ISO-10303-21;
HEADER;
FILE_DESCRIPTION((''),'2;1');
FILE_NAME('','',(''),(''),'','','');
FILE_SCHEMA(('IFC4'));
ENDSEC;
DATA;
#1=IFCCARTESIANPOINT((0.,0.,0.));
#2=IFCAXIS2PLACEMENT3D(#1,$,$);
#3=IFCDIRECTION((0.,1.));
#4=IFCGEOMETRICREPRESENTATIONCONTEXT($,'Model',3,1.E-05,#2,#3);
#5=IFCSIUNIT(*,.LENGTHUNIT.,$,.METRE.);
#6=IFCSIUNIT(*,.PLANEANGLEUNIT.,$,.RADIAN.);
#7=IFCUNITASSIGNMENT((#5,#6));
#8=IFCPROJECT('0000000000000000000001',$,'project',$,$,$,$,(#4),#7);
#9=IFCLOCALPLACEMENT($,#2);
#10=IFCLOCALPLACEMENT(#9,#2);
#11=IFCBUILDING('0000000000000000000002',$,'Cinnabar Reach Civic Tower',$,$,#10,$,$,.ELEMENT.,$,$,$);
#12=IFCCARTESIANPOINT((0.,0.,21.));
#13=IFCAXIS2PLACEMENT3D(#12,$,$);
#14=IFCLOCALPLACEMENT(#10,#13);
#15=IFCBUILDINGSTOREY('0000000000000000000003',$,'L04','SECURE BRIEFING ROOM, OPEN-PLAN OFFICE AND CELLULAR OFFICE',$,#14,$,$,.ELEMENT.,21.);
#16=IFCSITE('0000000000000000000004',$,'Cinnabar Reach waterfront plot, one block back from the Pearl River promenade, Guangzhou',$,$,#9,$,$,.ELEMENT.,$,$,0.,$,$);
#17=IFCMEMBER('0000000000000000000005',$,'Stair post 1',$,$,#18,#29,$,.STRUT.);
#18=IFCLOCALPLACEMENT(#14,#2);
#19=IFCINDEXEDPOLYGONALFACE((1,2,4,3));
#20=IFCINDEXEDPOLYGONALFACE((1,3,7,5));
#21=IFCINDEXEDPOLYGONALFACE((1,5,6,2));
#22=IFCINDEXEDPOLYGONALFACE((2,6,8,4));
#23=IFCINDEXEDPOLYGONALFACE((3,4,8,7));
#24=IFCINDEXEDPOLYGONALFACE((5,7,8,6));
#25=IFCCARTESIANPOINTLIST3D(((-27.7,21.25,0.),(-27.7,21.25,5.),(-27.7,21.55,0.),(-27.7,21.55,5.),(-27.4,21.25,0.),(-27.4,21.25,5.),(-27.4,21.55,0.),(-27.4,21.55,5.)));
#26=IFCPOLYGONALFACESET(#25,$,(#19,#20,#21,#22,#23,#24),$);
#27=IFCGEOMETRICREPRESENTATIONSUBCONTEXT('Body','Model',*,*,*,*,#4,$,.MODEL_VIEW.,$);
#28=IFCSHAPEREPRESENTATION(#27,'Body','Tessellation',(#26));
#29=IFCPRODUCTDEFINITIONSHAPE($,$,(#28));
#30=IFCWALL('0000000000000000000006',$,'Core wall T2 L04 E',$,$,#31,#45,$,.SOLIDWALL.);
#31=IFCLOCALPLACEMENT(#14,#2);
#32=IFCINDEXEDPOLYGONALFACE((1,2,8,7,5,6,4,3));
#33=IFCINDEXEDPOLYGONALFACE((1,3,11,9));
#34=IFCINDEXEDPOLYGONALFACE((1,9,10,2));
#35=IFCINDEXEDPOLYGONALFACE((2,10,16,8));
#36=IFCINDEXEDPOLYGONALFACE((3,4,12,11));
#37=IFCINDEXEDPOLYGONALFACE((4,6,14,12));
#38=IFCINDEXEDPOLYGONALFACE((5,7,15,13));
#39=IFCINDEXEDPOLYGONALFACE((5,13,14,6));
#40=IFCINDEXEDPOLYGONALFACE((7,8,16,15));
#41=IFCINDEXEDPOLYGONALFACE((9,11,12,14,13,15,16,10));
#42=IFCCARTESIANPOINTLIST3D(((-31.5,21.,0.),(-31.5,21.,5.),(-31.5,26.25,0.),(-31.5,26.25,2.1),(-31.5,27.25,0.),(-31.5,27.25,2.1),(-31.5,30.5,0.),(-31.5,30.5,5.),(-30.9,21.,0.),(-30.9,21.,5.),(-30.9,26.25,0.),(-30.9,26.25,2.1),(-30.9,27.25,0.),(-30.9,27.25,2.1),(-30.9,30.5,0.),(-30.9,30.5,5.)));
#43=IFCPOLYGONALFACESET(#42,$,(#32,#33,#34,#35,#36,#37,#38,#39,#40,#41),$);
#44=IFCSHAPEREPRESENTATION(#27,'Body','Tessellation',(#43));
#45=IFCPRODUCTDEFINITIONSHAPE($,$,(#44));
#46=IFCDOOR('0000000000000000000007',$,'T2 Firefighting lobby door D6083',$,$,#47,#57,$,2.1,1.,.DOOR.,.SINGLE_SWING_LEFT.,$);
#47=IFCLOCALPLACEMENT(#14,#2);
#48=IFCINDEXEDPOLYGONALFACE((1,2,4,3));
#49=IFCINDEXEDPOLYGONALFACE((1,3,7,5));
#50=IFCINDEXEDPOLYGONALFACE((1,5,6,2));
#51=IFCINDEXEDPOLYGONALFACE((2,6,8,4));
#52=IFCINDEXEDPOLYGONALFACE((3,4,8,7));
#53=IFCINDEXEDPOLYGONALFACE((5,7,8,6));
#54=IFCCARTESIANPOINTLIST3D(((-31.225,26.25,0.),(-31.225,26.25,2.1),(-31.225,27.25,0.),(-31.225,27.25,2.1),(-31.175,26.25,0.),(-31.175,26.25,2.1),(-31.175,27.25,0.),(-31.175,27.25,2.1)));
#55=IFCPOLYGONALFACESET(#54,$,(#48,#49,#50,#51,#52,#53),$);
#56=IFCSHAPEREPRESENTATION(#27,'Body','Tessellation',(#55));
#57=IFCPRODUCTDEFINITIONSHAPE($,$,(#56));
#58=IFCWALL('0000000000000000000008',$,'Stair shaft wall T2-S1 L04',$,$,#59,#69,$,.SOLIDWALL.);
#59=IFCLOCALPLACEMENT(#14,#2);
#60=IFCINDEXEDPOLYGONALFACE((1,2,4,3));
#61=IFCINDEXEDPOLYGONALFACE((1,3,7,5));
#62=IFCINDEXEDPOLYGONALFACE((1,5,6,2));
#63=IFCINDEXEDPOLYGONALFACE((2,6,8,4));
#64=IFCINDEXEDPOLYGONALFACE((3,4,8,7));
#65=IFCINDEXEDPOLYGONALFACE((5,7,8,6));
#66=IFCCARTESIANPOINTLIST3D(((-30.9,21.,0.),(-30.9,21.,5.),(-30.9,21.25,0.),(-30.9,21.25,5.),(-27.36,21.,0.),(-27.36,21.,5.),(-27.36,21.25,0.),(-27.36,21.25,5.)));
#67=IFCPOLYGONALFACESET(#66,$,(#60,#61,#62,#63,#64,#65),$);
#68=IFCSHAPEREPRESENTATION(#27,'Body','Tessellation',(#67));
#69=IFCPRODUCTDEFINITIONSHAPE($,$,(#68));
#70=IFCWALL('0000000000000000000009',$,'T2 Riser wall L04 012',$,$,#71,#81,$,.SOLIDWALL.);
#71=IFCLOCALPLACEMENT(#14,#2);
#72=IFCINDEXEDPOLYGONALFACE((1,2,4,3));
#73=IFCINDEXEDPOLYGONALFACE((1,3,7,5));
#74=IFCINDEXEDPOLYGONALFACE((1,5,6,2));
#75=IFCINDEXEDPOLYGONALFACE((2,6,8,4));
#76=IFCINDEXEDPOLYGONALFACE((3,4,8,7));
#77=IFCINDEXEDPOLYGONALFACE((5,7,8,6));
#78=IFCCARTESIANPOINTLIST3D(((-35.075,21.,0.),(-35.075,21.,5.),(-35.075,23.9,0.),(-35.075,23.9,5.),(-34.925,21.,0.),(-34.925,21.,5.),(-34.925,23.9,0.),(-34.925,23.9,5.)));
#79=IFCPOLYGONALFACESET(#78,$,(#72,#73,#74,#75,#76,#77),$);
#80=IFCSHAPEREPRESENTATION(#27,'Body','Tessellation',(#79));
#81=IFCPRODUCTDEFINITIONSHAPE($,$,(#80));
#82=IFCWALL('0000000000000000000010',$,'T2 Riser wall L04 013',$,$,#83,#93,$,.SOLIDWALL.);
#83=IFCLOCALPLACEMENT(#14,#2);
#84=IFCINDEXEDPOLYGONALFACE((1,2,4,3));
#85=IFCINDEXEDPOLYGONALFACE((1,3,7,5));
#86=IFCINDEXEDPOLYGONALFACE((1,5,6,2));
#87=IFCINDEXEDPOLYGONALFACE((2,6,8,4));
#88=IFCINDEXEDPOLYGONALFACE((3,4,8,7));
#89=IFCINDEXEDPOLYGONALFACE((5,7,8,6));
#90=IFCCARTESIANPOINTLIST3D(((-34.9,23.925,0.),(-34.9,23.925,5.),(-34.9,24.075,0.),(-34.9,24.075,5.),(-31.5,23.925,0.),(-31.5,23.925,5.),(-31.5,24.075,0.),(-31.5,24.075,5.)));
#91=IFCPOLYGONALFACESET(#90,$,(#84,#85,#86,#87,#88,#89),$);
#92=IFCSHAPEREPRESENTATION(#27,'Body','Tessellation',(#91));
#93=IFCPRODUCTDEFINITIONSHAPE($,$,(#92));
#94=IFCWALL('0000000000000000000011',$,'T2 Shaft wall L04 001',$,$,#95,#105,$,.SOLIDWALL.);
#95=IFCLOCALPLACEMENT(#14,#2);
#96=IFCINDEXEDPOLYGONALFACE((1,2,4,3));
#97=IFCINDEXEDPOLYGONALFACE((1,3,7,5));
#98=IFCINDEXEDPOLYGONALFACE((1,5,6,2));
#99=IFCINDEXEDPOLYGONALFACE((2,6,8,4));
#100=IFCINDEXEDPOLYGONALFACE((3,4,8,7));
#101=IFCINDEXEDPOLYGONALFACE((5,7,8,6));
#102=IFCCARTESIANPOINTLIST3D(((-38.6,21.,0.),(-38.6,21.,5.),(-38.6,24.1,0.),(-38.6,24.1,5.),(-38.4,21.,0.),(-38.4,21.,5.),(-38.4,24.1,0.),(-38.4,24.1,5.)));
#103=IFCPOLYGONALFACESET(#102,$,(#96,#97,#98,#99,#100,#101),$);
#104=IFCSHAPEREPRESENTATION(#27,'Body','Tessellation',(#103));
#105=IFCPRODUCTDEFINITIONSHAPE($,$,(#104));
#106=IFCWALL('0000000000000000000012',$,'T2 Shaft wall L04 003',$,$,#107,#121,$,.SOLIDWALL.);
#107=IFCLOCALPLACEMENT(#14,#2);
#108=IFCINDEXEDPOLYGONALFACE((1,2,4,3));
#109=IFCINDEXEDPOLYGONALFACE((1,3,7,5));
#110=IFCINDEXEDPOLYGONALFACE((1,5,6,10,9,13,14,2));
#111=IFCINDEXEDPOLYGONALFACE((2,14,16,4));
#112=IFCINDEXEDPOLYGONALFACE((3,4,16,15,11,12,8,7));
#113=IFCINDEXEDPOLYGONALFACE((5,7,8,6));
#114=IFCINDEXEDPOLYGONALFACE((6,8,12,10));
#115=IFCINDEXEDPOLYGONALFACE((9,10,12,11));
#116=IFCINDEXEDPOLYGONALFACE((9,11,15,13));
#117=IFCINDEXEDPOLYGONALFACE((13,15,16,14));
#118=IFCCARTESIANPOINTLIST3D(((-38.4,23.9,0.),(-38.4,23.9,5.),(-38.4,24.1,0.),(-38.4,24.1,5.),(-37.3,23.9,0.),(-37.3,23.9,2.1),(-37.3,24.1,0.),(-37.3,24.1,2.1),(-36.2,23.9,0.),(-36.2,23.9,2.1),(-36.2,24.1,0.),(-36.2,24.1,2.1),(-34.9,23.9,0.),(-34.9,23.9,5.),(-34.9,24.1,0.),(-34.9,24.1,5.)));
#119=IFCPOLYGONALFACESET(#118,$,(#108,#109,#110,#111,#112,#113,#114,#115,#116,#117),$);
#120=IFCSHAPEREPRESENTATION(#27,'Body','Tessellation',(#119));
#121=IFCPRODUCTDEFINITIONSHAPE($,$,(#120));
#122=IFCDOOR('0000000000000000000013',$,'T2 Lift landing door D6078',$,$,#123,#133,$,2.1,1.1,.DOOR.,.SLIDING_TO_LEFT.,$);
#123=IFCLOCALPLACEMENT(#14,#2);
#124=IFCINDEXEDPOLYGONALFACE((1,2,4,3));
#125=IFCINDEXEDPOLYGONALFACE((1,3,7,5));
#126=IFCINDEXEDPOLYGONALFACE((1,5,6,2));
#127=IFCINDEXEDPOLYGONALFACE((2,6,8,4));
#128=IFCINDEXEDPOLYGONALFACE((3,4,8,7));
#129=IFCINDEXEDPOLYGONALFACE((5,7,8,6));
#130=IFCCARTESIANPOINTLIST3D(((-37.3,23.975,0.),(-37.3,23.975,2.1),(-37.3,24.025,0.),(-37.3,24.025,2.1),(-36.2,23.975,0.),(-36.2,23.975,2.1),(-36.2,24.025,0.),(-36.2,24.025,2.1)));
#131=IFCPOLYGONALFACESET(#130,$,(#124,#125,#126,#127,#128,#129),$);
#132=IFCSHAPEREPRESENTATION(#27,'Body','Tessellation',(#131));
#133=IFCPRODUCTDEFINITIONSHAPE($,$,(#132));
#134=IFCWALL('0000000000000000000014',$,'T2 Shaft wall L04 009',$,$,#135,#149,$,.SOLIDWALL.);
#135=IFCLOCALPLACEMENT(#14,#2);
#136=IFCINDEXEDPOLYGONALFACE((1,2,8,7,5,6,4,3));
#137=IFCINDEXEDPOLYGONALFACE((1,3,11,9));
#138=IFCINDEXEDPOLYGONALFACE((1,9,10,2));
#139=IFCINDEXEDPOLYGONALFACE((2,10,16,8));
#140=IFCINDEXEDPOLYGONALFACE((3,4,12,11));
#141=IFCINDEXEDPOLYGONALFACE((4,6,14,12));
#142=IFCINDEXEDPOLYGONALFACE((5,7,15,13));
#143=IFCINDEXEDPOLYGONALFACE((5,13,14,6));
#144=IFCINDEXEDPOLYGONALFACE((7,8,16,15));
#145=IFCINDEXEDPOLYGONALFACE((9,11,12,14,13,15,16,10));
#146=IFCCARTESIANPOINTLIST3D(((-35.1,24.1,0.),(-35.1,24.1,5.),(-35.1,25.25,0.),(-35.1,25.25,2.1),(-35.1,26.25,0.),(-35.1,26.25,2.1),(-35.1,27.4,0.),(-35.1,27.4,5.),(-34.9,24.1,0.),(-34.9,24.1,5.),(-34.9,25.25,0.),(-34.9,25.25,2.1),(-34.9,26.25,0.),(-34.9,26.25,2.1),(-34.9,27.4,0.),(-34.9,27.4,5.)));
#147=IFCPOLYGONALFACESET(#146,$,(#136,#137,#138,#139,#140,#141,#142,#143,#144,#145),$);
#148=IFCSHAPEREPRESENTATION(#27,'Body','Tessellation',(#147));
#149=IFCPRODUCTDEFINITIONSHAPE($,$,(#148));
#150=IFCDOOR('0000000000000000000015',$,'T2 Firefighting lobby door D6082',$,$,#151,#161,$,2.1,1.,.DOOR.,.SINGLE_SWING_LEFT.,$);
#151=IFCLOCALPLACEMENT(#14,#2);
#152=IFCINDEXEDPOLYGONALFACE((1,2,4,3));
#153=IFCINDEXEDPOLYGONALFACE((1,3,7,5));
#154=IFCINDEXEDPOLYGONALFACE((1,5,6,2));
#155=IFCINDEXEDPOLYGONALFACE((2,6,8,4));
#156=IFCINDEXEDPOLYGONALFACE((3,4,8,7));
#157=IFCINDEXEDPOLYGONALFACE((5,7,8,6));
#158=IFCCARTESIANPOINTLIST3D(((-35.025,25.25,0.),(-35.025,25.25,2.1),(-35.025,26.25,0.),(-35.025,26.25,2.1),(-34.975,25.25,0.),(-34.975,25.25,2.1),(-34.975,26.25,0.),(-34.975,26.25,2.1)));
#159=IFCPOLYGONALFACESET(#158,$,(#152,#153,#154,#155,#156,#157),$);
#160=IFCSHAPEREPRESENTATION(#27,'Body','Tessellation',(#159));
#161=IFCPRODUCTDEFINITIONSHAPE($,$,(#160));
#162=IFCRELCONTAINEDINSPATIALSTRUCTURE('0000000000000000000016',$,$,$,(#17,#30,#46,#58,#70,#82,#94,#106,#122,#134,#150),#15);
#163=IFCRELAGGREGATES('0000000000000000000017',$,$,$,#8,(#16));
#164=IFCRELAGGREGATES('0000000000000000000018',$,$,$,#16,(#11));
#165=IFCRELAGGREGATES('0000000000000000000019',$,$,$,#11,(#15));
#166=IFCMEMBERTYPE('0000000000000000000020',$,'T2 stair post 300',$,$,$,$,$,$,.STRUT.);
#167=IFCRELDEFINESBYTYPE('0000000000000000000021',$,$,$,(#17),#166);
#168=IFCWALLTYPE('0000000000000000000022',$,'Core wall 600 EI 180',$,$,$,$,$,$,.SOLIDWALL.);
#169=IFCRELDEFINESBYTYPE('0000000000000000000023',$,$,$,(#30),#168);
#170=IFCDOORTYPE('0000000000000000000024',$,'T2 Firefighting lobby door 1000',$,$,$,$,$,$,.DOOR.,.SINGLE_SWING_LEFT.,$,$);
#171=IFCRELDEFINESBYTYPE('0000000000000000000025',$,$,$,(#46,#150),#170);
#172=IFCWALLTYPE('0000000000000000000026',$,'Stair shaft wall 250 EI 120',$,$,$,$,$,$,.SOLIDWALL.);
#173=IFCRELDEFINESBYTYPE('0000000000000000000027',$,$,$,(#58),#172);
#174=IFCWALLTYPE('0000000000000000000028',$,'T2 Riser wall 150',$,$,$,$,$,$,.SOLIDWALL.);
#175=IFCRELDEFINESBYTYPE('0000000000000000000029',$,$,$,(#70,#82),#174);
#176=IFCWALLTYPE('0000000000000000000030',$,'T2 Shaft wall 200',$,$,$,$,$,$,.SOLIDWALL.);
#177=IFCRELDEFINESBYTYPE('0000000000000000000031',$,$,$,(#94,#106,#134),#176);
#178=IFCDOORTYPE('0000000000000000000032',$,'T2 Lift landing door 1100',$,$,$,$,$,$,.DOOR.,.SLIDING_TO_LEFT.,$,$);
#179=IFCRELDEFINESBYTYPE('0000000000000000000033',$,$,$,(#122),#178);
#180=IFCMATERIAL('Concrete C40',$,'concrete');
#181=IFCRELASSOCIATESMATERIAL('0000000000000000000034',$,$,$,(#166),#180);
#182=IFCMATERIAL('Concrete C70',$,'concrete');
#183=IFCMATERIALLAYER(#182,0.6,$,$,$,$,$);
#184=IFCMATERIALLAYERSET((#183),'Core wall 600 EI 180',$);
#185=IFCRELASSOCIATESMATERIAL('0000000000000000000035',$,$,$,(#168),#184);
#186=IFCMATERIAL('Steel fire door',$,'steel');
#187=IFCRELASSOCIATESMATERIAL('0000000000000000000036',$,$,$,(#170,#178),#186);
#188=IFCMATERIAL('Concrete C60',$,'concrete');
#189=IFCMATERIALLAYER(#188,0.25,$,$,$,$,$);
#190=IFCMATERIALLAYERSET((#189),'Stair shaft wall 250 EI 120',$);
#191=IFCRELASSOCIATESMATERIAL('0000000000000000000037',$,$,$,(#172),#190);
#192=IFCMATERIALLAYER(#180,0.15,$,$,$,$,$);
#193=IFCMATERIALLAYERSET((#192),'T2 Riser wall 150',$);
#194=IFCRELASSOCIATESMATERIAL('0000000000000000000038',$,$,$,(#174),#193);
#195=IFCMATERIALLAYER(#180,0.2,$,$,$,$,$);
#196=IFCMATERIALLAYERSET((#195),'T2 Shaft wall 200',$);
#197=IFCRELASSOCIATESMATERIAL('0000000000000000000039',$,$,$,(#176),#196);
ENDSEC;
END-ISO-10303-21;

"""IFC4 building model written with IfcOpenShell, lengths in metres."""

from ifc_helpers import new_model, si_unit, direction, frame, frame_2d, origin, origin_2d, place, context, subcontext, project, spatial, rectangle, extrude, material, layer, layer_set, material_profile, profile_set, type_object, element, fill, save


model = new_model("IFC4")

# Units and contexts
model_context = context("Model", 3, precision=1e-05, world=origin(), true_north=direction((0.0, 1.0)))
body_context = subcontext(model_context, "Body", "Model", "MODEL_VIEW")
ifc_project = project(units=[si_unit("LENGTHUNIT", "METRE"), si_unit("PLANEANGLEUNIT", "RADIAN")], contexts=[model_context])

# Site, building, storey
site_placement = place(None, origin())
site = spatial("IfcSite", under=ifc_project, at=site_placement, Name="Cinnabar Reach waterfront plot, one block back from the Pearl River promenade, Guangzhou", CompositionType="ELEMENT", RefElevation=0.0)
building_placement = place(site_placement, origin())
building = spatial("IfcBuilding", under=site, at=building_placement, Name="Cinnabar Reach Civic Tower", CompositionType="ELEMENT")
storey_placement = place(building_placement, frame((0.0, 0.0, 21.0)))
storey = spatial("IfcBuildingStorey", under=building, at=storey_placement, Name="L04", Description="SECURE BRIEFING ROOM, OPEN-PLAN OFFICE AND CELLULAR OFFICE", CompositionType="ELEMENT", Elevation=21.0)

# Member
ifc_material_1 = material(Name="Concrete C40", Category="concrete")
ifc_material_profile = material_profile(ifc_material_1, rectangle(XDim=0.3, YDim=0.3, at=origin_2d()), Name="C300")
ifc_profile_set = profile_set([ifc_material_profile], Name="Concrete C40")
member_type = type_object("IfcMemberType", Name="T2 stair post 300", PredefinedType="STRUT", material=ifc_profile_set)
member_placement = place(storey_placement, frame((-27.55, 21.4, 0.0), z_axis=(0.0, 0.0, 1.0), x_axis=(1.0, 0.0, 0.0)))
element("IfcMember", 1, at=member_placement, inside=storey, type_object=member_type, Name="Stair post 1", PredefinedType="STRUT", context=body_context, shape_type="SweptSolid", body=[
    extrude(rectangle(XDim=0.3, YDim=0.3, at=origin_2d()), origin(), (0.0, 0.0, 1.0), 5.0),
])

# Wall, opening, door
ifc_material_2 = material(Name="Concrete C70", Category="concrete")
ifc_layer_1 = layer(ifc_material_2, 0.6)
ifc_layer_set_1 = layer_set([ifc_layer_1], Name="Core wall 600 EI 180")
wall_type_1 = type_object("IfcWallType", Name="Core wall 600 EI 180", PredefinedType="SOLIDWALL", material=ifc_layer_set_1)
wall_1_placement = place(storey_placement, frame((-31.2, 21.0, 0.0), z_axis=(0.0, 0.0, 1.0), x_axis=(0.0, 1.0, 0.0)))
wall_1 = element("IfcWall", 2, at=wall_1_placement, inside=storey, type_object=wall_type_1, Name="Core wall T2 L04 E", PredefinedType="SOLIDWALL", context=body_context, shape_type="SweptSolid", body=[
    extrude(rectangle(XDim=9.5, YDim=0.6, at=frame_2d((4.75, 0.0))), origin(), (0.0, 0.0, 1.0), 5.0),
])
opening_1_placement = place(wall_1_placement, frame((5.25, 0.0, 0.0)))
opening_1 = element("IfcOpeningElement", 3, at=opening_1_placement, cuts=wall_1, PredefinedType="OPENING", context=body_context, shape_type="SweptSolid", body=[
    extrude(rectangle(XDim=1.0, YDim=2.1, at=frame_2d((0.5, 1.05))), frame((0.0, 0.31, 0.0), z_axis=(0.0, -1.0, 0.0), x_axis=(1.0, 0.0, 0.0)), (0.0, 0.0, 1.0), 0.62),
])
ifc_material_3 = material(Name="Steel fire door", Category="steel")
door_type_1 = type_object("IfcDoorType", Name="T2 Firefighting lobby door 1000", OperationType="SINGLE_SWING_LEFT", PredefinedType="DOOR", material=ifc_material_3)
door_1_placement = place(opening_1_placement, frame((1.0, 0.0, 0.0), z_axis=(0.0, 0.0, 1.0), x_axis=(-1.0, 0.0, 0.0)))
door_1 = element("IfcDoor", 4, at=door_1_placement, inside=storey, type_object=door_type_1, Name="T2 Firefighting lobby door D6083", OperationType="SINGLE_SWING_LEFT", OverallHeight=2.1, OverallWidth=1.0, PredefinedType="DOOR", context=body_context, shape_type="SweptSolid", body=[
    extrude(rectangle(XDim=1.0, YDim=2.1, at=frame_2d((0.5, 1.05))), frame((0.0, 0.025, 0.0), z_axis=(0.0, -1.0, 0.0), x_axis=(1.0, 0.0, 0.0)), (0.0, 0.0, 1.0), 0.05),
])
fill(opening_1, door_1)

# Walls
ifc_material_4 = material(Name="Concrete C60", Category="concrete")
ifc_layer_2 = layer(ifc_material_4, 0.25)
ifc_layer_set_2 = layer_set([ifc_layer_2], Name="Stair shaft wall 250 EI 120")
wall_type_2 = type_object("IfcWallType", Name="Stair shaft wall 250 EI 120", PredefinedType="SOLIDWALL", material=ifc_layer_set_2)
wall_2_placement = place(storey_placement, frame((-30.9, 21.125, 0.0), z_axis=(0.0, 0.0, 1.0), x_axis=(1.0, 0.0, 0.0)))
element("IfcWall", 5, at=wall_2_placement, inside=storey, type_object=wall_type_2, Name="Stair shaft wall T2-S1 L04", PredefinedType="SOLIDWALL", context=body_context, shape_type="SweptSolid", body=[
    extrude(rectangle(XDim=3.54, YDim=0.25, at=frame_2d((1.77, 0.0))), origin(), (0.0, 0.0, 1.0), 5.0),
])
ifc_layer_3 = layer(ifc_material_1, 0.15)
ifc_layer_set_3 = layer_set([ifc_layer_3], Name="T2 Riser wall 150")
wall_type_3 = type_object("IfcWallType", Name="T2 Riser wall 150", PredefinedType="SOLIDWALL", material=ifc_layer_set_3)
wall_3_placement = place(storey_placement, frame((-35.0, 21.0, 0.0), z_axis=(0.0, 0.0, 1.0), x_axis=(0.0, 1.0, 0.0)))
element("IfcWall", 6, at=wall_3_placement, inside=storey, type_object=wall_type_3, Name="T2 Riser wall L04 012", PredefinedType="SOLIDWALL", context=body_context, shape_type="SweptSolid", body=[
    extrude(rectangle(XDim=2.9, YDim=0.15, at=frame_2d((1.45, 0.0))), origin(), (0.0, 0.0, 1.0), 5.0),
])
wall_4_placement = place(storey_placement, frame((-31.5, 24.0, 0.0), z_axis=(0.0, 0.0, 1.0), x_axis=(-1.0, 0.0, 0.0)))
element("IfcWall", 7, at=wall_4_placement, inside=storey, type_object=wall_type_3, Name="T2 Riser wall L04 013", PredefinedType="SOLIDWALL", context=body_context, shape_type="SweptSolid", body=[
    extrude(rectangle(XDim=3.4, YDim=0.15, at=frame_2d((1.7, 0.0))), origin(), (0.0, 0.0, 1.0), 5.0),
])
ifc_layer_4 = layer(ifc_material_1, 0.2)
ifc_layer_set_4 = layer_set([ifc_layer_4], Name="T2 Shaft wall 200")
wall_type_4 = type_object("IfcWallType", Name="T2 Shaft wall 200", PredefinedType="SOLIDWALL", material=ifc_layer_set_4)
wall_5_placement = place(storey_placement, frame((-38.5, 21.0, 0.0), z_axis=(0.0, 0.0, 1.0), x_axis=(0.0, 1.0, 0.0)))
element("IfcWall", 8, at=wall_5_placement, inside=storey, type_object=wall_type_4, Name="T2 Shaft wall L04 001", PredefinedType="SOLIDWALL", context=body_context, shape_type="SweptSolid", body=[
    extrude(rectangle(XDim=3.1, YDim=0.2, at=frame_2d((1.55, 0.0))), origin(), (0.0, 0.0, 1.0), 5.0),
])

# Walls, openings, doors
wall_6_placement = place(storey_placement, frame((-34.9, 24.0, 0.0), z_axis=(0.0, 0.0, 1.0), x_axis=(-1.0, 0.0, 0.0)))
wall_6 = element("IfcWall", 9, at=wall_6_placement, inside=storey, type_object=wall_type_4, Name="T2 Shaft wall L04 003", PredefinedType="SOLIDWALL", context=body_context, shape_type="SweptSolid", body=[
    extrude(rectangle(XDim=3.5, YDim=0.2, at=frame_2d((1.75, 0.0))), origin(), (0.0, 0.0, 1.0), 5.0),
])
opening_2_placement = place(wall_6_placement, frame((1.3, 0.0, 0.0)))
opening_2 = element("IfcOpeningElement", 10, at=opening_2_placement, cuts=wall_6, PredefinedType="OPENING", context=body_context, shape_type="SweptSolid", body=[
    extrude(rectangle(XDim=1.1, YDim=2.1, at=frame_2d((0.55, 1.05))), frame((0.0, 0.11, 0.0), z_axis=(0.0, -1.0, 0.0), x_axis=(1.0, 0.0, 0.0)), (0.0, 0.0, 1.0), 0.22),
])
door_type_2 = type_object("IfcDoorType", Name="T2 Lift landing door 1100", OperationType="SLIDING_TO_LEFT", PredefinedType="DOOR", material=ifc_material_3)
door_2_placement = place(opening_2_placement, origin())
door_2 = element("IfcDoor", 11, at=door_2_placement, inside=storey, type_object=door_type_2, Name="T2 Lift landing door D6078", OperationType="SLIDING_TO_LEFT", OverallHeight=2.1, OverallWidth=1.1, PredefinedType="DOOR", context=body_context, shape_type="SweptSolid", body=[
    extrude(rectangle(XDim=1.1, YDim=2.1, at=frame_2d((0.55, 1.05))), frame((0.0, 0.025, 0.0), z_axis=(0.0, -1.0, 0.0), x_axis=(1.0, 0.0, 0.0)), (0.0, 0.0, 1.0), 0.05),
])
fill(opening_2, door_2)
wall_7_placement = place(storey_placement, frame((-35.0, 24.1, 0.0), z_axis=(0.0, 0.0, 1.0), x_axis=(0.0, 1.0, 0.0)))
wall_7 = element("IfcWall", 12, at=wall_7_placement, inside=storey, type_object=wall_type_4, Name="T2 Shaft wall L04 009", PredefinedType="SOLIDWALL", context=body_context, shape_type="SweptSolid", body=[
    extrude(rectangle(XDim=3.3, YDim=0.2, at=frame_2d((1.65, 0.0))), origin(), (0.0, 0.0, 1.0), 5.0),
])
opening_3_placement = place(wall_7_placement, frame((1.15, 0.0, 0.0)))
opening_3 = element("IfcOpeningElement", 13, at=opening_3_placement, cuts=wall_7, PredefinedType="OPENING", context=body_context, shape_type="SweptSolid", body=[
    extrude(rectangle(XDim=1.0, YDim=2.1, at=frame_2d((0.5, 1.05))), frame((0.0, 0.11, 0.0), z_axis=(0.0, -1.0, 0.0), x_axis=(1.0, 0.0, 0.0)), (0.0, 0.0, 1.0), 0.22),
])
door_3_placement = place(opening_3_placement, origin())
door_3 = element("IfcDoor", 14, at=door_3_placement, inside=storey, type_object=door_type_1, Name="T2 Firefighting lobby door D6082", OperationType="SINGLE_SWING_LEFT", OverallHeight=2.1, OverallWidth=1.0, PredefinedType="DOOR", context=body_context, shape_type="SweptSolid", body=[
    extrude(rectangle(XDim=1.0, YDim=2.1, at=frame_2d((0.5, 1.05))), frame((0.0, 0.025, 0.0), z_axis=(0.0, -1.0, 0.0), x_axis=(1.0, 0.0, 0.0)), (0.0, 0.0, 1.0), 0.05),
])
fill(opening_3, door_3)

save(model, "model.ifc")
